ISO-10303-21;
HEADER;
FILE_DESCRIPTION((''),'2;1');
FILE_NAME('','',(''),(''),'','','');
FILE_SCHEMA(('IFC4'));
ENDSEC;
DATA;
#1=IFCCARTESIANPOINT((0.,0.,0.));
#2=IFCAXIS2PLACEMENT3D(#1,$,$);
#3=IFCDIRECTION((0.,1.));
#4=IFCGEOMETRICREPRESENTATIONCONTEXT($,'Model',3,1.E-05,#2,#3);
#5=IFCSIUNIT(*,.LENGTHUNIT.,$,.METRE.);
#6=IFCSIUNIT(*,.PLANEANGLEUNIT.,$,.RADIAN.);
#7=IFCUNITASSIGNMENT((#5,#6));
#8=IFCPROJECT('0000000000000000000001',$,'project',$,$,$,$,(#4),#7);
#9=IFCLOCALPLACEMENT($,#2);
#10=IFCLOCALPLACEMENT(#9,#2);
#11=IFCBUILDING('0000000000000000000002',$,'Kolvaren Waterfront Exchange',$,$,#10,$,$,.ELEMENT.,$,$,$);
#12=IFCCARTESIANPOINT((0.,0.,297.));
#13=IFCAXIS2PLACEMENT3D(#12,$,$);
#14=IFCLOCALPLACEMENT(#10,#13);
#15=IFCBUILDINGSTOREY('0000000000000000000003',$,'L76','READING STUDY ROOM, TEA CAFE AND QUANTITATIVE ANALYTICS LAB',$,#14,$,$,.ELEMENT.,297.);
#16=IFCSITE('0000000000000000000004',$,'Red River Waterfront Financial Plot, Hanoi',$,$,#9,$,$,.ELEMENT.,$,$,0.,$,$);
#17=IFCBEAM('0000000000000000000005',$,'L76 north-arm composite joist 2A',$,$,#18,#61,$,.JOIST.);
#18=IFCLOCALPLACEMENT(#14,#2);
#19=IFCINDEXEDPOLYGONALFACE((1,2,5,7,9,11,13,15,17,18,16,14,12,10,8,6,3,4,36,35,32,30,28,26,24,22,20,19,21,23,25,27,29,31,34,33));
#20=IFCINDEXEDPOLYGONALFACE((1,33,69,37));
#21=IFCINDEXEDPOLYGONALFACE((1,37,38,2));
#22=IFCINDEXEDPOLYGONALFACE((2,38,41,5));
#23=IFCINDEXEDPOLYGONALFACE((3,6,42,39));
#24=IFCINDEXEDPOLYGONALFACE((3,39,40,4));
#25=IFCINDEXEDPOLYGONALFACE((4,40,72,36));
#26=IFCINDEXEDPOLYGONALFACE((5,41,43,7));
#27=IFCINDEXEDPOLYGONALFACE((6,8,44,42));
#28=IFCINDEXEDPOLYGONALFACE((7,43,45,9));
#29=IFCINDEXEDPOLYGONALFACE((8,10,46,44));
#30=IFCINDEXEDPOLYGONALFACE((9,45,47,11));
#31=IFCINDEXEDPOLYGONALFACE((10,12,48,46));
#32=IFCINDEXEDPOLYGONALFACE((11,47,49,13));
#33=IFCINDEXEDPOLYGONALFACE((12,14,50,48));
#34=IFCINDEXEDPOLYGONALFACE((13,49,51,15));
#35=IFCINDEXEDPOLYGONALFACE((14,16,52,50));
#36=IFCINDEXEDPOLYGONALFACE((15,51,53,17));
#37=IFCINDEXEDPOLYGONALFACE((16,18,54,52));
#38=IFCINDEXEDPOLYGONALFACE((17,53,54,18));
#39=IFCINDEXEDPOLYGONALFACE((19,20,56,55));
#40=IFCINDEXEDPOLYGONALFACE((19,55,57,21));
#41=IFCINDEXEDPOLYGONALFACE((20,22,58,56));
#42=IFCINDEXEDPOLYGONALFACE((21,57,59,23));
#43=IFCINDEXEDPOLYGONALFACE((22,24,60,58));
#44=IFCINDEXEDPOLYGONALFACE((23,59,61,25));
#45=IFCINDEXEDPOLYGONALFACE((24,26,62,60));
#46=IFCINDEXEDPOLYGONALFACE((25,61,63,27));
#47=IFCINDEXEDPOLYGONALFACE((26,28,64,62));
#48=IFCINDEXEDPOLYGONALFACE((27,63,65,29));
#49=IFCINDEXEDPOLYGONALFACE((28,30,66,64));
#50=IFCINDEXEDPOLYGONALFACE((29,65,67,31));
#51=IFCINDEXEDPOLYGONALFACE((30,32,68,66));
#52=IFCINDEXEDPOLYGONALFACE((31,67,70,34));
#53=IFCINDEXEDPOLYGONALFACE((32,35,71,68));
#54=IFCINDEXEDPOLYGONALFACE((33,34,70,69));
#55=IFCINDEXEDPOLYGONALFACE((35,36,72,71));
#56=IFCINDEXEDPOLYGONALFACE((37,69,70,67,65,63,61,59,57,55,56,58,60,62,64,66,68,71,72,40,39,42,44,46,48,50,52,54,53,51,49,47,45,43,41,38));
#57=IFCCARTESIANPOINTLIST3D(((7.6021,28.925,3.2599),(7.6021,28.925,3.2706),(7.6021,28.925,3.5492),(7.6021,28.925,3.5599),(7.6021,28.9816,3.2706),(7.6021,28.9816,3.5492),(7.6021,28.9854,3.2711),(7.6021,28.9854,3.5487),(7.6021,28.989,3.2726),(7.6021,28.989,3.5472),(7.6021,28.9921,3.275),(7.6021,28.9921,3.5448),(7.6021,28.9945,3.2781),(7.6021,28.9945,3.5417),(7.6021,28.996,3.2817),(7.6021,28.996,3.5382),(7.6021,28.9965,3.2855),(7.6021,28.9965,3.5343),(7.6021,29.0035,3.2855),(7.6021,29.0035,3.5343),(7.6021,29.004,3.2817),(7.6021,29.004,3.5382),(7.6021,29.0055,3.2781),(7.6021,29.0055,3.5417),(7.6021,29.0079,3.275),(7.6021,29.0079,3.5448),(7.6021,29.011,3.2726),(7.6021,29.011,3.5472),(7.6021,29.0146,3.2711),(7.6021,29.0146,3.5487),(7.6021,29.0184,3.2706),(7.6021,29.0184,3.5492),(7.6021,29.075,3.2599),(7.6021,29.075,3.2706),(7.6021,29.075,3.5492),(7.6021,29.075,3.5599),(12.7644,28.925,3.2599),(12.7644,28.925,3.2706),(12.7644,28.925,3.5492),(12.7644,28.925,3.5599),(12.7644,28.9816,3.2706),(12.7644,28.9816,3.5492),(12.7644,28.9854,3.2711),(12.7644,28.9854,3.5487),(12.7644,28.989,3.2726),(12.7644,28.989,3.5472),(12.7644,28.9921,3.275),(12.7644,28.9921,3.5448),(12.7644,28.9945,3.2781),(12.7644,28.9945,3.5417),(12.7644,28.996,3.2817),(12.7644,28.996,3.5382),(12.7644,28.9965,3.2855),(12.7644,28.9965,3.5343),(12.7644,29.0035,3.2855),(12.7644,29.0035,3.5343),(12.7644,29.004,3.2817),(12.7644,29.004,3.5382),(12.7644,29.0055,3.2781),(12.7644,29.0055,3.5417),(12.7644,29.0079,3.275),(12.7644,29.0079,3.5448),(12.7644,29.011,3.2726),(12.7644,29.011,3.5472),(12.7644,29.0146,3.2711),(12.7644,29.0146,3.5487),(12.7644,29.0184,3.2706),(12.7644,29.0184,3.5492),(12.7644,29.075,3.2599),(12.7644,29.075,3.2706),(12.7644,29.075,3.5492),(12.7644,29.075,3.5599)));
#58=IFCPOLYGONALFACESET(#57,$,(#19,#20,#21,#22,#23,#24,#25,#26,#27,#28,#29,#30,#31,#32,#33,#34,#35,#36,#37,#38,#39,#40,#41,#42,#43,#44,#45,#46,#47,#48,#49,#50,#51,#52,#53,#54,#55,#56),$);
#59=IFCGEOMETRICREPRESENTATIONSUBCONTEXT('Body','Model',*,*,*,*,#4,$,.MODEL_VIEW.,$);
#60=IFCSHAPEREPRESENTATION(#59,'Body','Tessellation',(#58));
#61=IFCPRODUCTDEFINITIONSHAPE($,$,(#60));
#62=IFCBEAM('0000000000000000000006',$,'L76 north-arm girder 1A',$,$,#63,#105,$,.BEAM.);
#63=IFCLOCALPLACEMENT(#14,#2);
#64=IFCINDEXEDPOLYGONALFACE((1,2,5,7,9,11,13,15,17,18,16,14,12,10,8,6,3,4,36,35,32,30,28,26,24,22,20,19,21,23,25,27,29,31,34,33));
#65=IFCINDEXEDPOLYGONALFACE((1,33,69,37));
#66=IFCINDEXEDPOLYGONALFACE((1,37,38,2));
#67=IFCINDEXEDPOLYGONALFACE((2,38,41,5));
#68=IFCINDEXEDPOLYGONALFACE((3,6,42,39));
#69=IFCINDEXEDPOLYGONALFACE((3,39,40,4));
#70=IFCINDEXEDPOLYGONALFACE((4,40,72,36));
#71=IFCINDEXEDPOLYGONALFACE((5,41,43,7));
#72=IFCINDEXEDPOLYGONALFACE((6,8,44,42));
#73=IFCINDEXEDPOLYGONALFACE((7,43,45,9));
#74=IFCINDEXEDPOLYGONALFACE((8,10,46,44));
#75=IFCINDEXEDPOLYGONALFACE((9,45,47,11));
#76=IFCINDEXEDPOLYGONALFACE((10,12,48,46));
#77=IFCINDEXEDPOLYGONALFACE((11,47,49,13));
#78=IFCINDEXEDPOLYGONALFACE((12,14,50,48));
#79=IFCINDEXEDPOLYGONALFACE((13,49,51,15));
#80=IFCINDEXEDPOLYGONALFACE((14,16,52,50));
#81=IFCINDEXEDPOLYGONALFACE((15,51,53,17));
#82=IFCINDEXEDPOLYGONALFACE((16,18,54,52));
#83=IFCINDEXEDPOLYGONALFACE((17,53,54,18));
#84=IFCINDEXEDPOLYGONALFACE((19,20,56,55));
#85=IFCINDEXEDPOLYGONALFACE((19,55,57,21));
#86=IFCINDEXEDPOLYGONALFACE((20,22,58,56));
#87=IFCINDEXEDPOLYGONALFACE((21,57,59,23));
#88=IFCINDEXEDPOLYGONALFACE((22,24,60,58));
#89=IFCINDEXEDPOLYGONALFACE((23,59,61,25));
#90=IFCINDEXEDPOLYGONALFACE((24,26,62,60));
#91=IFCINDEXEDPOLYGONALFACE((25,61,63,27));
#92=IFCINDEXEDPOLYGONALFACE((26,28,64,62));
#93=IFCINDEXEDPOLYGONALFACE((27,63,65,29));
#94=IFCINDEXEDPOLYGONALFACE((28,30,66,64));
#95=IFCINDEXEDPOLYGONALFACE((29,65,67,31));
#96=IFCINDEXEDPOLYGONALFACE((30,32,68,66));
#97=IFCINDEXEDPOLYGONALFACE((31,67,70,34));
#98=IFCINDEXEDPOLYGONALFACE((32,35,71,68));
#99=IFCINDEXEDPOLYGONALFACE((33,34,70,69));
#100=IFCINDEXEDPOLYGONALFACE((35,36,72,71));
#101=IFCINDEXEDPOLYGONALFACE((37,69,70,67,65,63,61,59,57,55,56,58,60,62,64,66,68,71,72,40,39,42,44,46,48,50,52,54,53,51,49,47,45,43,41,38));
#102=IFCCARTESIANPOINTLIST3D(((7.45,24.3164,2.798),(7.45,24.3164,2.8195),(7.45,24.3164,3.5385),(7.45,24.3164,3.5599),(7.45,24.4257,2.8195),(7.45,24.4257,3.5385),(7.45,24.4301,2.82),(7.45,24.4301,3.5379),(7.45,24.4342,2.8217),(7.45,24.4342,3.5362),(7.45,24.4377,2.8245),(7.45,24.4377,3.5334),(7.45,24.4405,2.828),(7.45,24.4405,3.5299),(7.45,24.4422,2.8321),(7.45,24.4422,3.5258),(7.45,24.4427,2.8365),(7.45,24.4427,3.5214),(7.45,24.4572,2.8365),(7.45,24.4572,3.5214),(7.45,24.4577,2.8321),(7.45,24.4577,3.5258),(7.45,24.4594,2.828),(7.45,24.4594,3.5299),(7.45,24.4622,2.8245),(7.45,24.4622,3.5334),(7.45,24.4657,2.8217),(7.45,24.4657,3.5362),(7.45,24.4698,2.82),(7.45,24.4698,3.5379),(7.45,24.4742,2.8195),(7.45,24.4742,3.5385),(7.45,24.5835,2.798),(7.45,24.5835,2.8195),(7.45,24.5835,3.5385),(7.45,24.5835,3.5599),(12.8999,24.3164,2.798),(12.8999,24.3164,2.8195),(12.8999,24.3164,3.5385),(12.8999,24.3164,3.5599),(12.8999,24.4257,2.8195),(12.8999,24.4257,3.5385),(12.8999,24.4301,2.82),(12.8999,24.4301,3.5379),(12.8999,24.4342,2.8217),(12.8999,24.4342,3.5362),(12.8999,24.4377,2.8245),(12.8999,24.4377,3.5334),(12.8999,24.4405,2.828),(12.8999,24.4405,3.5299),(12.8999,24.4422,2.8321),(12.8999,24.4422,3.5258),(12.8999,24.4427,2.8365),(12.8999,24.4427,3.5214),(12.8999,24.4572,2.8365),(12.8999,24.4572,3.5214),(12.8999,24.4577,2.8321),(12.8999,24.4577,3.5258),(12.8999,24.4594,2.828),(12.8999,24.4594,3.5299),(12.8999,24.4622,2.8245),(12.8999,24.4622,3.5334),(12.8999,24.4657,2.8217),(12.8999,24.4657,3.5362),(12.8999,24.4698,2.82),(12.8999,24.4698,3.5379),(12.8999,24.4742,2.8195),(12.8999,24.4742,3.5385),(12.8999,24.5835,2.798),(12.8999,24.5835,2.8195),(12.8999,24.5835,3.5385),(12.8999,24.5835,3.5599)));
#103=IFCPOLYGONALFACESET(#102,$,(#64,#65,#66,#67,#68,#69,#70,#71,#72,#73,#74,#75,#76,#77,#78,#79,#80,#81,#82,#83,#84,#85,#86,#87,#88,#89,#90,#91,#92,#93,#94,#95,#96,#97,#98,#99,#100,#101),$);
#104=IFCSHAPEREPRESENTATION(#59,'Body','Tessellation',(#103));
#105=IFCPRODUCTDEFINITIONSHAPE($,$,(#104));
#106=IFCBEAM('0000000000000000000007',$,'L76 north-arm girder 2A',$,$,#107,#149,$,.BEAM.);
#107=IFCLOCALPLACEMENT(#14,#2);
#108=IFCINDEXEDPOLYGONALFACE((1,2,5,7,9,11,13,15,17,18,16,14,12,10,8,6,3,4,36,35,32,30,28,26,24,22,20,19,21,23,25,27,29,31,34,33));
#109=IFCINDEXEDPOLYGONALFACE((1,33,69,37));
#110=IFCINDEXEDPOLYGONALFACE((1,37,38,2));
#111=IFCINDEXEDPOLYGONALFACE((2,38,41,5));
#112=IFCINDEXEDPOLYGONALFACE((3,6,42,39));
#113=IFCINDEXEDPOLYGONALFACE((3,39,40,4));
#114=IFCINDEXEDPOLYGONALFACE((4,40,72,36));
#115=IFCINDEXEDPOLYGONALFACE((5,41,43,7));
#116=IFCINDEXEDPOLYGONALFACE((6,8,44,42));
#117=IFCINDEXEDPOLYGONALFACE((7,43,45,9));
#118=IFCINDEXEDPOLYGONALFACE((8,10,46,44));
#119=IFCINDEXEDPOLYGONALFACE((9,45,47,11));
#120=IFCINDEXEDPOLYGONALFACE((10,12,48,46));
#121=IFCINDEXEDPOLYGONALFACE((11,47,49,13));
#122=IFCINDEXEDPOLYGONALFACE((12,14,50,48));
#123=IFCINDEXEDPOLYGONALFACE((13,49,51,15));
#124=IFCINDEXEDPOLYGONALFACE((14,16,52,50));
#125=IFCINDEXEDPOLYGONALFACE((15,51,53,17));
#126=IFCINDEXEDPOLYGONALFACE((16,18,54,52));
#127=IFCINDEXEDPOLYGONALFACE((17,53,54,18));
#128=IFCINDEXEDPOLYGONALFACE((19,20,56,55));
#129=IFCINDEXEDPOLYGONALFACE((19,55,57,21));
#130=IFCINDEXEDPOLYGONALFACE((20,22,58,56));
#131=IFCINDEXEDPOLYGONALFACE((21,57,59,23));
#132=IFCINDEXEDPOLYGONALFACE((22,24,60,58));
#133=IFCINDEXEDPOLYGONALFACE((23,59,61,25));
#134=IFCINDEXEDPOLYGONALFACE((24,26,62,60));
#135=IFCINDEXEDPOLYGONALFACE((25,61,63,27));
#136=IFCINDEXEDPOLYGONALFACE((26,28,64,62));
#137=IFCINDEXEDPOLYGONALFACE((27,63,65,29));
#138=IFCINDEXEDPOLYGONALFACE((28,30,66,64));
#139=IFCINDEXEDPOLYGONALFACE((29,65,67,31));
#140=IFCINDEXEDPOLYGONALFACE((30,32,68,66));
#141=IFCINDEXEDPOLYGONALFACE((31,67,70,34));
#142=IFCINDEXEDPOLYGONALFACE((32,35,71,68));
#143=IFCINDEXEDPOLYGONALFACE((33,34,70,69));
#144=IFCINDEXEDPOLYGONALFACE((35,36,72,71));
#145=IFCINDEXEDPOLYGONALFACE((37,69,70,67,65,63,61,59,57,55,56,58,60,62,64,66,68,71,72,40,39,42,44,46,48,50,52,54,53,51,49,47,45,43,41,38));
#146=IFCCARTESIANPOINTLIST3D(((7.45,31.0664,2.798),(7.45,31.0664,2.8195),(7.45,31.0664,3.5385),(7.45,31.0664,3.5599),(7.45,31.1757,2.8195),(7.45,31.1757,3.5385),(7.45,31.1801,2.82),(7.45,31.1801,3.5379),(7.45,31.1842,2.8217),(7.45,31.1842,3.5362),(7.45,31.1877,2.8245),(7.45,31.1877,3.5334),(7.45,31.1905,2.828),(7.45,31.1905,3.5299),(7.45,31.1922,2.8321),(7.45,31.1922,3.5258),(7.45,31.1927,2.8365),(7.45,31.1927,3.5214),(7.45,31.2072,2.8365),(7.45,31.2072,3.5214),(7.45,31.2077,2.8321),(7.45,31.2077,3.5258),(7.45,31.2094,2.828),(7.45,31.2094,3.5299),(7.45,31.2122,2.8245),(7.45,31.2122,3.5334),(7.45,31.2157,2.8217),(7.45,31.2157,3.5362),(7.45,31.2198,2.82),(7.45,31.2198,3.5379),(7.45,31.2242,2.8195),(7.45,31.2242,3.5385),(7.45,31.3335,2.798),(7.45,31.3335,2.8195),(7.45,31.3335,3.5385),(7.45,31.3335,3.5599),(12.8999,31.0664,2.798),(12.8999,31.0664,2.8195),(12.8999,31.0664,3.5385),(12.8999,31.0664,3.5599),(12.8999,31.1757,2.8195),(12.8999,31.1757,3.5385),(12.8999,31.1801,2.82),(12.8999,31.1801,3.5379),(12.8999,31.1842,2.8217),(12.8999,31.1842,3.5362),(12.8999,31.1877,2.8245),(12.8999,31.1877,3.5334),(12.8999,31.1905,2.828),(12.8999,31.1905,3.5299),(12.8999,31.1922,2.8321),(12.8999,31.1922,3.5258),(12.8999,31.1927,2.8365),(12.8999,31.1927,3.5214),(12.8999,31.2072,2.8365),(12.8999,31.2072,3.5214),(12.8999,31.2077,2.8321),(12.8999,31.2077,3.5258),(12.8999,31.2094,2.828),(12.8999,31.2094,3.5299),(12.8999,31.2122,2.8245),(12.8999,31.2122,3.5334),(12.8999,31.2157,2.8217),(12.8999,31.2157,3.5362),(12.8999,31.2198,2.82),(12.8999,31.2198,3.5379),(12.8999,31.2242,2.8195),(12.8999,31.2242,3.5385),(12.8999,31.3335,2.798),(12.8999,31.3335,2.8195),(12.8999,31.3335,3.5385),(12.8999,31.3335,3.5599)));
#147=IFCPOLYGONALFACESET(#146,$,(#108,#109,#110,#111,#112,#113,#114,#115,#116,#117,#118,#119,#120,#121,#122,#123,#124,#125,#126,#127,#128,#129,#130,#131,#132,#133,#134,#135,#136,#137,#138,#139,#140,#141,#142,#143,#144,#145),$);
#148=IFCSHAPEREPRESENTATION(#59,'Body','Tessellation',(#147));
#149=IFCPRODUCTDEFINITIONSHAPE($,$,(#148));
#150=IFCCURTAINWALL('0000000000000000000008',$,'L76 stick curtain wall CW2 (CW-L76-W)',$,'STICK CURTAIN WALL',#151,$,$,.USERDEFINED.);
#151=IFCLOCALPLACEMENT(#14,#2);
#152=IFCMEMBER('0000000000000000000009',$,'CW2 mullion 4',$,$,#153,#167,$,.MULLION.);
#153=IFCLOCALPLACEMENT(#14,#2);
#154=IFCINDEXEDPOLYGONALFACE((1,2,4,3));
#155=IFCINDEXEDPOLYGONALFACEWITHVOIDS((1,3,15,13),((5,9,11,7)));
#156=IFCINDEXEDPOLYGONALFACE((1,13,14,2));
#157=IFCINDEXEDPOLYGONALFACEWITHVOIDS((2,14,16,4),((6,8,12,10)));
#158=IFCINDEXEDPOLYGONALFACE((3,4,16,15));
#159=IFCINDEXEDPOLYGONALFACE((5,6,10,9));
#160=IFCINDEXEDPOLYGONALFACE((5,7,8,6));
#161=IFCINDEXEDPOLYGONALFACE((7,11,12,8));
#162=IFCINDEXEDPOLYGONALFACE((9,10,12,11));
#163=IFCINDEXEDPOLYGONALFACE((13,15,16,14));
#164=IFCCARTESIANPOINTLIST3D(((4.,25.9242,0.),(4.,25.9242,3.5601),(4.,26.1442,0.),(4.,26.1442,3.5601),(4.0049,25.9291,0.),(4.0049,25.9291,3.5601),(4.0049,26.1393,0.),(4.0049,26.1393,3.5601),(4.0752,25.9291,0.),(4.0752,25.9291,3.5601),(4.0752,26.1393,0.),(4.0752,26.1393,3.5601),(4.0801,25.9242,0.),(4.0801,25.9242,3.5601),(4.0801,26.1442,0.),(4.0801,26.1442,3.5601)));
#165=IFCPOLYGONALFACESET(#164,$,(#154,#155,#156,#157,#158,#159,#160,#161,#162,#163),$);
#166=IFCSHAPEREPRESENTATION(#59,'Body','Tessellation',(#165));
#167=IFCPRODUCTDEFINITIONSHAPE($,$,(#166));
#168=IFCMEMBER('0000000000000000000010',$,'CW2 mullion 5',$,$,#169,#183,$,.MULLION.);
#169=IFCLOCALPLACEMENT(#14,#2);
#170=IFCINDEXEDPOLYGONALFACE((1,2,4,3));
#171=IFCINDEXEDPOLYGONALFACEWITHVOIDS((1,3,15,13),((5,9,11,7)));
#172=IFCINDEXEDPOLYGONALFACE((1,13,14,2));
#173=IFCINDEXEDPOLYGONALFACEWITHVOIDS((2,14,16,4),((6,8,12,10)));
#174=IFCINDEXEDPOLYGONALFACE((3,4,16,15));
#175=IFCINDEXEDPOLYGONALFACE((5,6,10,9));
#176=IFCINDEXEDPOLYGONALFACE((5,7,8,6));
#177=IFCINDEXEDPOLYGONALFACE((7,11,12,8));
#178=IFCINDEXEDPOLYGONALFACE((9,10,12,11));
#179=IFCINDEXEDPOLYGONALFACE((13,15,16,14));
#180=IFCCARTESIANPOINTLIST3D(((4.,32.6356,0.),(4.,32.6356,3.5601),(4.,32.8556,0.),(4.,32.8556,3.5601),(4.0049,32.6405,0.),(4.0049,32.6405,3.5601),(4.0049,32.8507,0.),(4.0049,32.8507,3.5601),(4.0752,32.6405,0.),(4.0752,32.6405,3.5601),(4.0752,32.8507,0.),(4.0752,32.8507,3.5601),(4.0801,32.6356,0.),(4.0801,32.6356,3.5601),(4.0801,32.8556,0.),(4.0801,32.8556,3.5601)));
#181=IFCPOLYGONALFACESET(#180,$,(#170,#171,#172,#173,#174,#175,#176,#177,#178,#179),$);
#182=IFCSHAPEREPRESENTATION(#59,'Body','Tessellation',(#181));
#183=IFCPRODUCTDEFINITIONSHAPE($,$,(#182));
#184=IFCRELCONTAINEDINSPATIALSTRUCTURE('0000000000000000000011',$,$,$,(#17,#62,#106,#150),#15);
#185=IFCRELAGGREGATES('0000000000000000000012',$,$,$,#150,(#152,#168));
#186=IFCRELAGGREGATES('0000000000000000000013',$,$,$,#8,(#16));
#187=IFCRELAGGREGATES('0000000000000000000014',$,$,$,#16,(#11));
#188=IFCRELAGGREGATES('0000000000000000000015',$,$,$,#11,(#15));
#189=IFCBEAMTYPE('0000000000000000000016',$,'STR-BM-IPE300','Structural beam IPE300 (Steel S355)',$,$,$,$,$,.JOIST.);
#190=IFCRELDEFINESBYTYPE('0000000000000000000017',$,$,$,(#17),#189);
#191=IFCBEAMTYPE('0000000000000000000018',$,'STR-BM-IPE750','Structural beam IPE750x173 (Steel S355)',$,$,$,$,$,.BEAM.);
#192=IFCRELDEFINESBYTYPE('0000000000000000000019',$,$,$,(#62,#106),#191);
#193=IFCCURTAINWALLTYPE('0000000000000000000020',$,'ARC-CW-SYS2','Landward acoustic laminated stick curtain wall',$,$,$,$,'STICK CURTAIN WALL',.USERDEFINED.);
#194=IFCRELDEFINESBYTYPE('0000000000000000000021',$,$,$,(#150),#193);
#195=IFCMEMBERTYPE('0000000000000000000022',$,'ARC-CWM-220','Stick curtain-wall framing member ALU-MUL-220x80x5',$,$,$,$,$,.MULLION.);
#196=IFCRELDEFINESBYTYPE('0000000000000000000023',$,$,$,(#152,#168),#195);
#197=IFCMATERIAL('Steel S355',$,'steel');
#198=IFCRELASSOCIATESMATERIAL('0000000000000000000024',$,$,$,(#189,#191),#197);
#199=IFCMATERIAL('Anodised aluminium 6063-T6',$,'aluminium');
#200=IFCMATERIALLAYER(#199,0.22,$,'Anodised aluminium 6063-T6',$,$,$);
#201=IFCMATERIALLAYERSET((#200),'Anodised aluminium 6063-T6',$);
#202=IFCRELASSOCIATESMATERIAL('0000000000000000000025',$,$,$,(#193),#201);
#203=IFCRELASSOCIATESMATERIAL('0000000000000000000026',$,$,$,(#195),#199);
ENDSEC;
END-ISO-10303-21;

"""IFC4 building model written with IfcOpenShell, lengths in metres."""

from ifc_helpers import new_model, si_unit, direction, frame, origin, origin_with_axes, origin_2d, place, context, subcontext, project, spatial, hollow_rectangle, i_section, extrude, source, transform, mapped, material, layer, layer_set, material_profile, profile_set, type_object, element, aggregate, save


model = new_model("IFC4")

# Units and contexts
model_context = context("Model", 3, precision=1e-05, world=origin(), true_north=direction((0.0, 1.0)))
body_context = subcontext(model_context, "Body", "Model", "MODEL_VIEW")
ifc_project = project(units=[si_unit("LENGTHUNIT", "METRE"), si_unit("PLANEANGLEUNIT", "RADIAN")], contexts=[model_context])

# Site, building, storey
site_placement = place(None, origin())
site = spatial("IfcSite", under=ifc_project, at=site_placement, Name="Red River Waterfront Financial Plot, Hanoi", CompositionType="ELEMENT", RefElevation=0.0)
building_placement = place(site_placement, origin())
building = spatial("IfcBuilding", under=site, at=building_placement, Name="Kolvaren Waterfront Exchange", CompositionType="ELEMENT")
storey_placement = place(building_placement, frame((0.0, 0.0, 297.0)))
storey = spatial("IfcBuildingStorey", under=building, at=storey_placement, Name="L76", Description="READING STUDY ROOM, TEA CAFE AND QUANTITATIVE ANALYTICS LAB", CompositionType="ELEMENT", Elevation=297.0)

# Beams
ifc_material_1 = material(Name="Steel S355", Category="steel")
ifc_material_profile_1 = material_profile(ifc_material_1, i_section(OverallWidth=0.1499, OverallDepth=0.3, WebThickness=0.0071, FlangeThickness=0.0107, FilletRadius=0.0149, at=origin_2d()), Name="IPE300")
ifc_profile_set_1 = profile_set([ifc_material_profile_1], Name="Steel S355")
beam_type_1 = type_object("IfcBeamType", Name="STR-BM-IPE300", Description="Structural beam IPE300 (Steel S355)", PredefinedType="JOIST", material=ifc_profile_set_1)
for number, where, z_axis, x_axis, name in (
    (1, (7.6021, 29.0, 3.4099), (1.0, 0.0, 0.0), (0.0, 1.0, 0.0), "L76 north-arm composite joist 2A"),
):
    element("IfcBeam", number, at=place(storey_placement, frame(where, z_axis=z_axis, x_axis=x_axis)), inside=storey, type_object=beam_type_1, Name=name, PredefinedType="JOIST", context=body_context, shape_type="SweptSolid", body=[
        extrude(i_section(OverallWidth=0.1499, OverallDepth=0.3, WebThickness=0.0071, FlangeThickness=0.0107, FilletRadius=0.0149, at=origin_2d()), origin(), (0.0, 0.0, 1.0), 5.1624),
    ])
ifc_material_profile_2 = material_profile(ifc_material_1, i_section(OverallWidth=0.2671, OverallDepth=0.762, WebThickness=0.0144, FlangeThickness=0.0215, FilletRadius=0.0171, at=origin_2d()), Name="IPE750x173")
ifc_profile_set_2 = profile_set([ifc_material_profile_2], Name="Steel S355")
beam_type_2 = type_object("IfcBeamType", Name="STR-BM-IPE750", Description="Structural beam IPE750x173 (Steel S355)", PredefinedType="BEAM", material=ifc_profile_set_2)
for number, where, z_axis, x_axis, name in (
    (2, (7.45, 24.45, 3.179), (1.0, 0.0, 0.0), (0.0, 1.0, 0.0), "L76 north-arm girder 1A"),
    (3, (7.45, 31.2, 3.179), (1.0, 0.0, 0.0), (0.0, 1.0, 0.0), "L76 north-arm girder 2A"),
):
    element("IfcBeam", number, at=place(storey_placement, frame(where, z_axis=z_axis, x_axis=x_axis)), inside=storey, type_object=beam_type_2, Name=name, PredefinedType="BEAM", context=body_context, shape_type="SweptSolid", body=[
        extrude(i_section(OverallWidth=0.2671, OverallDepth=0.762, WebThickness=0.0144, FlangeThickness=0.0215, FilletRadius=0.0171, at=origin_2d()), origin(), (0.0, 0.0, 1.0), 5.45),
    ])

# Curtain wall, members
ifc_material_2 = material(Name="Anodised aluminium 6063-T6", Category="aluminium")
ifc_layer_1 = layer(ifc_material_2, 0.22, Name="Anodised aluminium 6063-T6")
ifc_layer_set_1 = layer_set([ifc_layer_1], Name="Anodised aluminium 6063-T6")
curtain_wall_type = type_object("IfcCurtainWallType", Name="ARC-CW-SYS2", Description="Landward acoustic laminated stick curtain wall", ElementType="STICK CURTAIN WALL", PredefinedType="USERDEFINED", material=ifc_layer_set_1)
curtain_wall_placement = place(storey_placement, origin())
curtain_wall = element("IfcCurtainWall", 4, at=curtain_wall_placement, inside=storey, type_object=curtain_wall_type, Name="L76 stick curtain wall CW2 (CW-L76-W)", ObjectType="STICK CURTAIN WALL", PredefinedType="USERDEFINED")
ifc_material_profile_3 = material_profile(ifc_material_2, hollow_rectangle(XDim=0.0801, YDim=0.22, WallThickness=0.0049, at=origin_2d()), Name="ALU-MUL-220x80x5")
ifc_profile_set_3 = profile_set([ifc_material_profile_3], Name="Anodised aluminium 6063-T6")
member_type_1 = type_object("IfcMemberType", Name="ARC-CWM-220", Description="Stick curtain-wall framing member ALU-MUL-220x80x5", PredefinedType="MULLION", material=ifc_profile_set_3)
shared_shape_1 = source(origin_with_axes(), body_context, "Body", "SweptSolid", [
    extrude(hollow_rectangle(XDim=0.0801, YDim=0.22, WallThickness=0.0049, at=origin_2d()), origin(), (0.0, 0.0, 1.0), 3.5601),
])
member_1_placement = place(storey_placement, frame((4.04, 26.0342, 0.0), z_axis=(0.0, 0.0, 1.0), x_axis=(-1.0, 0.0, 0.0)))
member_1 = element("IfcMember", 5, at=member_1_placement, type_object=member_type_1, Name="CW2 mullion 4", PredefinedType="MULLION", context=body_context, shape_type="MappedRepresentation", body=[
    mapped(shared_shape_1, transform((0.0, 0.0, 0.0), x_axis=(1.0, 0.0, 0.0), y_axis=(0.0, 1.0, 0.0), z_axis=(0.0, 0.0, 1.0), scale=1.0)),
])
member_2_placement = place(storey_placement, frame((4.04, 32.7456, 0.0), z_axis=(0.0, 0.0, 1.0), x_axis=(-1.0, 0.0, 0.0)))
member_2 = element("IfcMember", 6, at=member_2_placement, type_object=member_type_1, Name="CW2 mullion 5", PredefinedType="MULLION", context=body_context, shape_type="MappedRepresentation", body=[
    mapped(shared_shape_1, transform((0.0, 0.0, 0.0), x_axis=(1.0, 0.0, 0.0), y_axis=(0.0, 1.0, 0.0), z_axis=(0.0, 0.0, 1.0), scale=1.0)),
])
aggregate(curtain_wall, [member_1, member_2])

save(model, "model.ifc")
